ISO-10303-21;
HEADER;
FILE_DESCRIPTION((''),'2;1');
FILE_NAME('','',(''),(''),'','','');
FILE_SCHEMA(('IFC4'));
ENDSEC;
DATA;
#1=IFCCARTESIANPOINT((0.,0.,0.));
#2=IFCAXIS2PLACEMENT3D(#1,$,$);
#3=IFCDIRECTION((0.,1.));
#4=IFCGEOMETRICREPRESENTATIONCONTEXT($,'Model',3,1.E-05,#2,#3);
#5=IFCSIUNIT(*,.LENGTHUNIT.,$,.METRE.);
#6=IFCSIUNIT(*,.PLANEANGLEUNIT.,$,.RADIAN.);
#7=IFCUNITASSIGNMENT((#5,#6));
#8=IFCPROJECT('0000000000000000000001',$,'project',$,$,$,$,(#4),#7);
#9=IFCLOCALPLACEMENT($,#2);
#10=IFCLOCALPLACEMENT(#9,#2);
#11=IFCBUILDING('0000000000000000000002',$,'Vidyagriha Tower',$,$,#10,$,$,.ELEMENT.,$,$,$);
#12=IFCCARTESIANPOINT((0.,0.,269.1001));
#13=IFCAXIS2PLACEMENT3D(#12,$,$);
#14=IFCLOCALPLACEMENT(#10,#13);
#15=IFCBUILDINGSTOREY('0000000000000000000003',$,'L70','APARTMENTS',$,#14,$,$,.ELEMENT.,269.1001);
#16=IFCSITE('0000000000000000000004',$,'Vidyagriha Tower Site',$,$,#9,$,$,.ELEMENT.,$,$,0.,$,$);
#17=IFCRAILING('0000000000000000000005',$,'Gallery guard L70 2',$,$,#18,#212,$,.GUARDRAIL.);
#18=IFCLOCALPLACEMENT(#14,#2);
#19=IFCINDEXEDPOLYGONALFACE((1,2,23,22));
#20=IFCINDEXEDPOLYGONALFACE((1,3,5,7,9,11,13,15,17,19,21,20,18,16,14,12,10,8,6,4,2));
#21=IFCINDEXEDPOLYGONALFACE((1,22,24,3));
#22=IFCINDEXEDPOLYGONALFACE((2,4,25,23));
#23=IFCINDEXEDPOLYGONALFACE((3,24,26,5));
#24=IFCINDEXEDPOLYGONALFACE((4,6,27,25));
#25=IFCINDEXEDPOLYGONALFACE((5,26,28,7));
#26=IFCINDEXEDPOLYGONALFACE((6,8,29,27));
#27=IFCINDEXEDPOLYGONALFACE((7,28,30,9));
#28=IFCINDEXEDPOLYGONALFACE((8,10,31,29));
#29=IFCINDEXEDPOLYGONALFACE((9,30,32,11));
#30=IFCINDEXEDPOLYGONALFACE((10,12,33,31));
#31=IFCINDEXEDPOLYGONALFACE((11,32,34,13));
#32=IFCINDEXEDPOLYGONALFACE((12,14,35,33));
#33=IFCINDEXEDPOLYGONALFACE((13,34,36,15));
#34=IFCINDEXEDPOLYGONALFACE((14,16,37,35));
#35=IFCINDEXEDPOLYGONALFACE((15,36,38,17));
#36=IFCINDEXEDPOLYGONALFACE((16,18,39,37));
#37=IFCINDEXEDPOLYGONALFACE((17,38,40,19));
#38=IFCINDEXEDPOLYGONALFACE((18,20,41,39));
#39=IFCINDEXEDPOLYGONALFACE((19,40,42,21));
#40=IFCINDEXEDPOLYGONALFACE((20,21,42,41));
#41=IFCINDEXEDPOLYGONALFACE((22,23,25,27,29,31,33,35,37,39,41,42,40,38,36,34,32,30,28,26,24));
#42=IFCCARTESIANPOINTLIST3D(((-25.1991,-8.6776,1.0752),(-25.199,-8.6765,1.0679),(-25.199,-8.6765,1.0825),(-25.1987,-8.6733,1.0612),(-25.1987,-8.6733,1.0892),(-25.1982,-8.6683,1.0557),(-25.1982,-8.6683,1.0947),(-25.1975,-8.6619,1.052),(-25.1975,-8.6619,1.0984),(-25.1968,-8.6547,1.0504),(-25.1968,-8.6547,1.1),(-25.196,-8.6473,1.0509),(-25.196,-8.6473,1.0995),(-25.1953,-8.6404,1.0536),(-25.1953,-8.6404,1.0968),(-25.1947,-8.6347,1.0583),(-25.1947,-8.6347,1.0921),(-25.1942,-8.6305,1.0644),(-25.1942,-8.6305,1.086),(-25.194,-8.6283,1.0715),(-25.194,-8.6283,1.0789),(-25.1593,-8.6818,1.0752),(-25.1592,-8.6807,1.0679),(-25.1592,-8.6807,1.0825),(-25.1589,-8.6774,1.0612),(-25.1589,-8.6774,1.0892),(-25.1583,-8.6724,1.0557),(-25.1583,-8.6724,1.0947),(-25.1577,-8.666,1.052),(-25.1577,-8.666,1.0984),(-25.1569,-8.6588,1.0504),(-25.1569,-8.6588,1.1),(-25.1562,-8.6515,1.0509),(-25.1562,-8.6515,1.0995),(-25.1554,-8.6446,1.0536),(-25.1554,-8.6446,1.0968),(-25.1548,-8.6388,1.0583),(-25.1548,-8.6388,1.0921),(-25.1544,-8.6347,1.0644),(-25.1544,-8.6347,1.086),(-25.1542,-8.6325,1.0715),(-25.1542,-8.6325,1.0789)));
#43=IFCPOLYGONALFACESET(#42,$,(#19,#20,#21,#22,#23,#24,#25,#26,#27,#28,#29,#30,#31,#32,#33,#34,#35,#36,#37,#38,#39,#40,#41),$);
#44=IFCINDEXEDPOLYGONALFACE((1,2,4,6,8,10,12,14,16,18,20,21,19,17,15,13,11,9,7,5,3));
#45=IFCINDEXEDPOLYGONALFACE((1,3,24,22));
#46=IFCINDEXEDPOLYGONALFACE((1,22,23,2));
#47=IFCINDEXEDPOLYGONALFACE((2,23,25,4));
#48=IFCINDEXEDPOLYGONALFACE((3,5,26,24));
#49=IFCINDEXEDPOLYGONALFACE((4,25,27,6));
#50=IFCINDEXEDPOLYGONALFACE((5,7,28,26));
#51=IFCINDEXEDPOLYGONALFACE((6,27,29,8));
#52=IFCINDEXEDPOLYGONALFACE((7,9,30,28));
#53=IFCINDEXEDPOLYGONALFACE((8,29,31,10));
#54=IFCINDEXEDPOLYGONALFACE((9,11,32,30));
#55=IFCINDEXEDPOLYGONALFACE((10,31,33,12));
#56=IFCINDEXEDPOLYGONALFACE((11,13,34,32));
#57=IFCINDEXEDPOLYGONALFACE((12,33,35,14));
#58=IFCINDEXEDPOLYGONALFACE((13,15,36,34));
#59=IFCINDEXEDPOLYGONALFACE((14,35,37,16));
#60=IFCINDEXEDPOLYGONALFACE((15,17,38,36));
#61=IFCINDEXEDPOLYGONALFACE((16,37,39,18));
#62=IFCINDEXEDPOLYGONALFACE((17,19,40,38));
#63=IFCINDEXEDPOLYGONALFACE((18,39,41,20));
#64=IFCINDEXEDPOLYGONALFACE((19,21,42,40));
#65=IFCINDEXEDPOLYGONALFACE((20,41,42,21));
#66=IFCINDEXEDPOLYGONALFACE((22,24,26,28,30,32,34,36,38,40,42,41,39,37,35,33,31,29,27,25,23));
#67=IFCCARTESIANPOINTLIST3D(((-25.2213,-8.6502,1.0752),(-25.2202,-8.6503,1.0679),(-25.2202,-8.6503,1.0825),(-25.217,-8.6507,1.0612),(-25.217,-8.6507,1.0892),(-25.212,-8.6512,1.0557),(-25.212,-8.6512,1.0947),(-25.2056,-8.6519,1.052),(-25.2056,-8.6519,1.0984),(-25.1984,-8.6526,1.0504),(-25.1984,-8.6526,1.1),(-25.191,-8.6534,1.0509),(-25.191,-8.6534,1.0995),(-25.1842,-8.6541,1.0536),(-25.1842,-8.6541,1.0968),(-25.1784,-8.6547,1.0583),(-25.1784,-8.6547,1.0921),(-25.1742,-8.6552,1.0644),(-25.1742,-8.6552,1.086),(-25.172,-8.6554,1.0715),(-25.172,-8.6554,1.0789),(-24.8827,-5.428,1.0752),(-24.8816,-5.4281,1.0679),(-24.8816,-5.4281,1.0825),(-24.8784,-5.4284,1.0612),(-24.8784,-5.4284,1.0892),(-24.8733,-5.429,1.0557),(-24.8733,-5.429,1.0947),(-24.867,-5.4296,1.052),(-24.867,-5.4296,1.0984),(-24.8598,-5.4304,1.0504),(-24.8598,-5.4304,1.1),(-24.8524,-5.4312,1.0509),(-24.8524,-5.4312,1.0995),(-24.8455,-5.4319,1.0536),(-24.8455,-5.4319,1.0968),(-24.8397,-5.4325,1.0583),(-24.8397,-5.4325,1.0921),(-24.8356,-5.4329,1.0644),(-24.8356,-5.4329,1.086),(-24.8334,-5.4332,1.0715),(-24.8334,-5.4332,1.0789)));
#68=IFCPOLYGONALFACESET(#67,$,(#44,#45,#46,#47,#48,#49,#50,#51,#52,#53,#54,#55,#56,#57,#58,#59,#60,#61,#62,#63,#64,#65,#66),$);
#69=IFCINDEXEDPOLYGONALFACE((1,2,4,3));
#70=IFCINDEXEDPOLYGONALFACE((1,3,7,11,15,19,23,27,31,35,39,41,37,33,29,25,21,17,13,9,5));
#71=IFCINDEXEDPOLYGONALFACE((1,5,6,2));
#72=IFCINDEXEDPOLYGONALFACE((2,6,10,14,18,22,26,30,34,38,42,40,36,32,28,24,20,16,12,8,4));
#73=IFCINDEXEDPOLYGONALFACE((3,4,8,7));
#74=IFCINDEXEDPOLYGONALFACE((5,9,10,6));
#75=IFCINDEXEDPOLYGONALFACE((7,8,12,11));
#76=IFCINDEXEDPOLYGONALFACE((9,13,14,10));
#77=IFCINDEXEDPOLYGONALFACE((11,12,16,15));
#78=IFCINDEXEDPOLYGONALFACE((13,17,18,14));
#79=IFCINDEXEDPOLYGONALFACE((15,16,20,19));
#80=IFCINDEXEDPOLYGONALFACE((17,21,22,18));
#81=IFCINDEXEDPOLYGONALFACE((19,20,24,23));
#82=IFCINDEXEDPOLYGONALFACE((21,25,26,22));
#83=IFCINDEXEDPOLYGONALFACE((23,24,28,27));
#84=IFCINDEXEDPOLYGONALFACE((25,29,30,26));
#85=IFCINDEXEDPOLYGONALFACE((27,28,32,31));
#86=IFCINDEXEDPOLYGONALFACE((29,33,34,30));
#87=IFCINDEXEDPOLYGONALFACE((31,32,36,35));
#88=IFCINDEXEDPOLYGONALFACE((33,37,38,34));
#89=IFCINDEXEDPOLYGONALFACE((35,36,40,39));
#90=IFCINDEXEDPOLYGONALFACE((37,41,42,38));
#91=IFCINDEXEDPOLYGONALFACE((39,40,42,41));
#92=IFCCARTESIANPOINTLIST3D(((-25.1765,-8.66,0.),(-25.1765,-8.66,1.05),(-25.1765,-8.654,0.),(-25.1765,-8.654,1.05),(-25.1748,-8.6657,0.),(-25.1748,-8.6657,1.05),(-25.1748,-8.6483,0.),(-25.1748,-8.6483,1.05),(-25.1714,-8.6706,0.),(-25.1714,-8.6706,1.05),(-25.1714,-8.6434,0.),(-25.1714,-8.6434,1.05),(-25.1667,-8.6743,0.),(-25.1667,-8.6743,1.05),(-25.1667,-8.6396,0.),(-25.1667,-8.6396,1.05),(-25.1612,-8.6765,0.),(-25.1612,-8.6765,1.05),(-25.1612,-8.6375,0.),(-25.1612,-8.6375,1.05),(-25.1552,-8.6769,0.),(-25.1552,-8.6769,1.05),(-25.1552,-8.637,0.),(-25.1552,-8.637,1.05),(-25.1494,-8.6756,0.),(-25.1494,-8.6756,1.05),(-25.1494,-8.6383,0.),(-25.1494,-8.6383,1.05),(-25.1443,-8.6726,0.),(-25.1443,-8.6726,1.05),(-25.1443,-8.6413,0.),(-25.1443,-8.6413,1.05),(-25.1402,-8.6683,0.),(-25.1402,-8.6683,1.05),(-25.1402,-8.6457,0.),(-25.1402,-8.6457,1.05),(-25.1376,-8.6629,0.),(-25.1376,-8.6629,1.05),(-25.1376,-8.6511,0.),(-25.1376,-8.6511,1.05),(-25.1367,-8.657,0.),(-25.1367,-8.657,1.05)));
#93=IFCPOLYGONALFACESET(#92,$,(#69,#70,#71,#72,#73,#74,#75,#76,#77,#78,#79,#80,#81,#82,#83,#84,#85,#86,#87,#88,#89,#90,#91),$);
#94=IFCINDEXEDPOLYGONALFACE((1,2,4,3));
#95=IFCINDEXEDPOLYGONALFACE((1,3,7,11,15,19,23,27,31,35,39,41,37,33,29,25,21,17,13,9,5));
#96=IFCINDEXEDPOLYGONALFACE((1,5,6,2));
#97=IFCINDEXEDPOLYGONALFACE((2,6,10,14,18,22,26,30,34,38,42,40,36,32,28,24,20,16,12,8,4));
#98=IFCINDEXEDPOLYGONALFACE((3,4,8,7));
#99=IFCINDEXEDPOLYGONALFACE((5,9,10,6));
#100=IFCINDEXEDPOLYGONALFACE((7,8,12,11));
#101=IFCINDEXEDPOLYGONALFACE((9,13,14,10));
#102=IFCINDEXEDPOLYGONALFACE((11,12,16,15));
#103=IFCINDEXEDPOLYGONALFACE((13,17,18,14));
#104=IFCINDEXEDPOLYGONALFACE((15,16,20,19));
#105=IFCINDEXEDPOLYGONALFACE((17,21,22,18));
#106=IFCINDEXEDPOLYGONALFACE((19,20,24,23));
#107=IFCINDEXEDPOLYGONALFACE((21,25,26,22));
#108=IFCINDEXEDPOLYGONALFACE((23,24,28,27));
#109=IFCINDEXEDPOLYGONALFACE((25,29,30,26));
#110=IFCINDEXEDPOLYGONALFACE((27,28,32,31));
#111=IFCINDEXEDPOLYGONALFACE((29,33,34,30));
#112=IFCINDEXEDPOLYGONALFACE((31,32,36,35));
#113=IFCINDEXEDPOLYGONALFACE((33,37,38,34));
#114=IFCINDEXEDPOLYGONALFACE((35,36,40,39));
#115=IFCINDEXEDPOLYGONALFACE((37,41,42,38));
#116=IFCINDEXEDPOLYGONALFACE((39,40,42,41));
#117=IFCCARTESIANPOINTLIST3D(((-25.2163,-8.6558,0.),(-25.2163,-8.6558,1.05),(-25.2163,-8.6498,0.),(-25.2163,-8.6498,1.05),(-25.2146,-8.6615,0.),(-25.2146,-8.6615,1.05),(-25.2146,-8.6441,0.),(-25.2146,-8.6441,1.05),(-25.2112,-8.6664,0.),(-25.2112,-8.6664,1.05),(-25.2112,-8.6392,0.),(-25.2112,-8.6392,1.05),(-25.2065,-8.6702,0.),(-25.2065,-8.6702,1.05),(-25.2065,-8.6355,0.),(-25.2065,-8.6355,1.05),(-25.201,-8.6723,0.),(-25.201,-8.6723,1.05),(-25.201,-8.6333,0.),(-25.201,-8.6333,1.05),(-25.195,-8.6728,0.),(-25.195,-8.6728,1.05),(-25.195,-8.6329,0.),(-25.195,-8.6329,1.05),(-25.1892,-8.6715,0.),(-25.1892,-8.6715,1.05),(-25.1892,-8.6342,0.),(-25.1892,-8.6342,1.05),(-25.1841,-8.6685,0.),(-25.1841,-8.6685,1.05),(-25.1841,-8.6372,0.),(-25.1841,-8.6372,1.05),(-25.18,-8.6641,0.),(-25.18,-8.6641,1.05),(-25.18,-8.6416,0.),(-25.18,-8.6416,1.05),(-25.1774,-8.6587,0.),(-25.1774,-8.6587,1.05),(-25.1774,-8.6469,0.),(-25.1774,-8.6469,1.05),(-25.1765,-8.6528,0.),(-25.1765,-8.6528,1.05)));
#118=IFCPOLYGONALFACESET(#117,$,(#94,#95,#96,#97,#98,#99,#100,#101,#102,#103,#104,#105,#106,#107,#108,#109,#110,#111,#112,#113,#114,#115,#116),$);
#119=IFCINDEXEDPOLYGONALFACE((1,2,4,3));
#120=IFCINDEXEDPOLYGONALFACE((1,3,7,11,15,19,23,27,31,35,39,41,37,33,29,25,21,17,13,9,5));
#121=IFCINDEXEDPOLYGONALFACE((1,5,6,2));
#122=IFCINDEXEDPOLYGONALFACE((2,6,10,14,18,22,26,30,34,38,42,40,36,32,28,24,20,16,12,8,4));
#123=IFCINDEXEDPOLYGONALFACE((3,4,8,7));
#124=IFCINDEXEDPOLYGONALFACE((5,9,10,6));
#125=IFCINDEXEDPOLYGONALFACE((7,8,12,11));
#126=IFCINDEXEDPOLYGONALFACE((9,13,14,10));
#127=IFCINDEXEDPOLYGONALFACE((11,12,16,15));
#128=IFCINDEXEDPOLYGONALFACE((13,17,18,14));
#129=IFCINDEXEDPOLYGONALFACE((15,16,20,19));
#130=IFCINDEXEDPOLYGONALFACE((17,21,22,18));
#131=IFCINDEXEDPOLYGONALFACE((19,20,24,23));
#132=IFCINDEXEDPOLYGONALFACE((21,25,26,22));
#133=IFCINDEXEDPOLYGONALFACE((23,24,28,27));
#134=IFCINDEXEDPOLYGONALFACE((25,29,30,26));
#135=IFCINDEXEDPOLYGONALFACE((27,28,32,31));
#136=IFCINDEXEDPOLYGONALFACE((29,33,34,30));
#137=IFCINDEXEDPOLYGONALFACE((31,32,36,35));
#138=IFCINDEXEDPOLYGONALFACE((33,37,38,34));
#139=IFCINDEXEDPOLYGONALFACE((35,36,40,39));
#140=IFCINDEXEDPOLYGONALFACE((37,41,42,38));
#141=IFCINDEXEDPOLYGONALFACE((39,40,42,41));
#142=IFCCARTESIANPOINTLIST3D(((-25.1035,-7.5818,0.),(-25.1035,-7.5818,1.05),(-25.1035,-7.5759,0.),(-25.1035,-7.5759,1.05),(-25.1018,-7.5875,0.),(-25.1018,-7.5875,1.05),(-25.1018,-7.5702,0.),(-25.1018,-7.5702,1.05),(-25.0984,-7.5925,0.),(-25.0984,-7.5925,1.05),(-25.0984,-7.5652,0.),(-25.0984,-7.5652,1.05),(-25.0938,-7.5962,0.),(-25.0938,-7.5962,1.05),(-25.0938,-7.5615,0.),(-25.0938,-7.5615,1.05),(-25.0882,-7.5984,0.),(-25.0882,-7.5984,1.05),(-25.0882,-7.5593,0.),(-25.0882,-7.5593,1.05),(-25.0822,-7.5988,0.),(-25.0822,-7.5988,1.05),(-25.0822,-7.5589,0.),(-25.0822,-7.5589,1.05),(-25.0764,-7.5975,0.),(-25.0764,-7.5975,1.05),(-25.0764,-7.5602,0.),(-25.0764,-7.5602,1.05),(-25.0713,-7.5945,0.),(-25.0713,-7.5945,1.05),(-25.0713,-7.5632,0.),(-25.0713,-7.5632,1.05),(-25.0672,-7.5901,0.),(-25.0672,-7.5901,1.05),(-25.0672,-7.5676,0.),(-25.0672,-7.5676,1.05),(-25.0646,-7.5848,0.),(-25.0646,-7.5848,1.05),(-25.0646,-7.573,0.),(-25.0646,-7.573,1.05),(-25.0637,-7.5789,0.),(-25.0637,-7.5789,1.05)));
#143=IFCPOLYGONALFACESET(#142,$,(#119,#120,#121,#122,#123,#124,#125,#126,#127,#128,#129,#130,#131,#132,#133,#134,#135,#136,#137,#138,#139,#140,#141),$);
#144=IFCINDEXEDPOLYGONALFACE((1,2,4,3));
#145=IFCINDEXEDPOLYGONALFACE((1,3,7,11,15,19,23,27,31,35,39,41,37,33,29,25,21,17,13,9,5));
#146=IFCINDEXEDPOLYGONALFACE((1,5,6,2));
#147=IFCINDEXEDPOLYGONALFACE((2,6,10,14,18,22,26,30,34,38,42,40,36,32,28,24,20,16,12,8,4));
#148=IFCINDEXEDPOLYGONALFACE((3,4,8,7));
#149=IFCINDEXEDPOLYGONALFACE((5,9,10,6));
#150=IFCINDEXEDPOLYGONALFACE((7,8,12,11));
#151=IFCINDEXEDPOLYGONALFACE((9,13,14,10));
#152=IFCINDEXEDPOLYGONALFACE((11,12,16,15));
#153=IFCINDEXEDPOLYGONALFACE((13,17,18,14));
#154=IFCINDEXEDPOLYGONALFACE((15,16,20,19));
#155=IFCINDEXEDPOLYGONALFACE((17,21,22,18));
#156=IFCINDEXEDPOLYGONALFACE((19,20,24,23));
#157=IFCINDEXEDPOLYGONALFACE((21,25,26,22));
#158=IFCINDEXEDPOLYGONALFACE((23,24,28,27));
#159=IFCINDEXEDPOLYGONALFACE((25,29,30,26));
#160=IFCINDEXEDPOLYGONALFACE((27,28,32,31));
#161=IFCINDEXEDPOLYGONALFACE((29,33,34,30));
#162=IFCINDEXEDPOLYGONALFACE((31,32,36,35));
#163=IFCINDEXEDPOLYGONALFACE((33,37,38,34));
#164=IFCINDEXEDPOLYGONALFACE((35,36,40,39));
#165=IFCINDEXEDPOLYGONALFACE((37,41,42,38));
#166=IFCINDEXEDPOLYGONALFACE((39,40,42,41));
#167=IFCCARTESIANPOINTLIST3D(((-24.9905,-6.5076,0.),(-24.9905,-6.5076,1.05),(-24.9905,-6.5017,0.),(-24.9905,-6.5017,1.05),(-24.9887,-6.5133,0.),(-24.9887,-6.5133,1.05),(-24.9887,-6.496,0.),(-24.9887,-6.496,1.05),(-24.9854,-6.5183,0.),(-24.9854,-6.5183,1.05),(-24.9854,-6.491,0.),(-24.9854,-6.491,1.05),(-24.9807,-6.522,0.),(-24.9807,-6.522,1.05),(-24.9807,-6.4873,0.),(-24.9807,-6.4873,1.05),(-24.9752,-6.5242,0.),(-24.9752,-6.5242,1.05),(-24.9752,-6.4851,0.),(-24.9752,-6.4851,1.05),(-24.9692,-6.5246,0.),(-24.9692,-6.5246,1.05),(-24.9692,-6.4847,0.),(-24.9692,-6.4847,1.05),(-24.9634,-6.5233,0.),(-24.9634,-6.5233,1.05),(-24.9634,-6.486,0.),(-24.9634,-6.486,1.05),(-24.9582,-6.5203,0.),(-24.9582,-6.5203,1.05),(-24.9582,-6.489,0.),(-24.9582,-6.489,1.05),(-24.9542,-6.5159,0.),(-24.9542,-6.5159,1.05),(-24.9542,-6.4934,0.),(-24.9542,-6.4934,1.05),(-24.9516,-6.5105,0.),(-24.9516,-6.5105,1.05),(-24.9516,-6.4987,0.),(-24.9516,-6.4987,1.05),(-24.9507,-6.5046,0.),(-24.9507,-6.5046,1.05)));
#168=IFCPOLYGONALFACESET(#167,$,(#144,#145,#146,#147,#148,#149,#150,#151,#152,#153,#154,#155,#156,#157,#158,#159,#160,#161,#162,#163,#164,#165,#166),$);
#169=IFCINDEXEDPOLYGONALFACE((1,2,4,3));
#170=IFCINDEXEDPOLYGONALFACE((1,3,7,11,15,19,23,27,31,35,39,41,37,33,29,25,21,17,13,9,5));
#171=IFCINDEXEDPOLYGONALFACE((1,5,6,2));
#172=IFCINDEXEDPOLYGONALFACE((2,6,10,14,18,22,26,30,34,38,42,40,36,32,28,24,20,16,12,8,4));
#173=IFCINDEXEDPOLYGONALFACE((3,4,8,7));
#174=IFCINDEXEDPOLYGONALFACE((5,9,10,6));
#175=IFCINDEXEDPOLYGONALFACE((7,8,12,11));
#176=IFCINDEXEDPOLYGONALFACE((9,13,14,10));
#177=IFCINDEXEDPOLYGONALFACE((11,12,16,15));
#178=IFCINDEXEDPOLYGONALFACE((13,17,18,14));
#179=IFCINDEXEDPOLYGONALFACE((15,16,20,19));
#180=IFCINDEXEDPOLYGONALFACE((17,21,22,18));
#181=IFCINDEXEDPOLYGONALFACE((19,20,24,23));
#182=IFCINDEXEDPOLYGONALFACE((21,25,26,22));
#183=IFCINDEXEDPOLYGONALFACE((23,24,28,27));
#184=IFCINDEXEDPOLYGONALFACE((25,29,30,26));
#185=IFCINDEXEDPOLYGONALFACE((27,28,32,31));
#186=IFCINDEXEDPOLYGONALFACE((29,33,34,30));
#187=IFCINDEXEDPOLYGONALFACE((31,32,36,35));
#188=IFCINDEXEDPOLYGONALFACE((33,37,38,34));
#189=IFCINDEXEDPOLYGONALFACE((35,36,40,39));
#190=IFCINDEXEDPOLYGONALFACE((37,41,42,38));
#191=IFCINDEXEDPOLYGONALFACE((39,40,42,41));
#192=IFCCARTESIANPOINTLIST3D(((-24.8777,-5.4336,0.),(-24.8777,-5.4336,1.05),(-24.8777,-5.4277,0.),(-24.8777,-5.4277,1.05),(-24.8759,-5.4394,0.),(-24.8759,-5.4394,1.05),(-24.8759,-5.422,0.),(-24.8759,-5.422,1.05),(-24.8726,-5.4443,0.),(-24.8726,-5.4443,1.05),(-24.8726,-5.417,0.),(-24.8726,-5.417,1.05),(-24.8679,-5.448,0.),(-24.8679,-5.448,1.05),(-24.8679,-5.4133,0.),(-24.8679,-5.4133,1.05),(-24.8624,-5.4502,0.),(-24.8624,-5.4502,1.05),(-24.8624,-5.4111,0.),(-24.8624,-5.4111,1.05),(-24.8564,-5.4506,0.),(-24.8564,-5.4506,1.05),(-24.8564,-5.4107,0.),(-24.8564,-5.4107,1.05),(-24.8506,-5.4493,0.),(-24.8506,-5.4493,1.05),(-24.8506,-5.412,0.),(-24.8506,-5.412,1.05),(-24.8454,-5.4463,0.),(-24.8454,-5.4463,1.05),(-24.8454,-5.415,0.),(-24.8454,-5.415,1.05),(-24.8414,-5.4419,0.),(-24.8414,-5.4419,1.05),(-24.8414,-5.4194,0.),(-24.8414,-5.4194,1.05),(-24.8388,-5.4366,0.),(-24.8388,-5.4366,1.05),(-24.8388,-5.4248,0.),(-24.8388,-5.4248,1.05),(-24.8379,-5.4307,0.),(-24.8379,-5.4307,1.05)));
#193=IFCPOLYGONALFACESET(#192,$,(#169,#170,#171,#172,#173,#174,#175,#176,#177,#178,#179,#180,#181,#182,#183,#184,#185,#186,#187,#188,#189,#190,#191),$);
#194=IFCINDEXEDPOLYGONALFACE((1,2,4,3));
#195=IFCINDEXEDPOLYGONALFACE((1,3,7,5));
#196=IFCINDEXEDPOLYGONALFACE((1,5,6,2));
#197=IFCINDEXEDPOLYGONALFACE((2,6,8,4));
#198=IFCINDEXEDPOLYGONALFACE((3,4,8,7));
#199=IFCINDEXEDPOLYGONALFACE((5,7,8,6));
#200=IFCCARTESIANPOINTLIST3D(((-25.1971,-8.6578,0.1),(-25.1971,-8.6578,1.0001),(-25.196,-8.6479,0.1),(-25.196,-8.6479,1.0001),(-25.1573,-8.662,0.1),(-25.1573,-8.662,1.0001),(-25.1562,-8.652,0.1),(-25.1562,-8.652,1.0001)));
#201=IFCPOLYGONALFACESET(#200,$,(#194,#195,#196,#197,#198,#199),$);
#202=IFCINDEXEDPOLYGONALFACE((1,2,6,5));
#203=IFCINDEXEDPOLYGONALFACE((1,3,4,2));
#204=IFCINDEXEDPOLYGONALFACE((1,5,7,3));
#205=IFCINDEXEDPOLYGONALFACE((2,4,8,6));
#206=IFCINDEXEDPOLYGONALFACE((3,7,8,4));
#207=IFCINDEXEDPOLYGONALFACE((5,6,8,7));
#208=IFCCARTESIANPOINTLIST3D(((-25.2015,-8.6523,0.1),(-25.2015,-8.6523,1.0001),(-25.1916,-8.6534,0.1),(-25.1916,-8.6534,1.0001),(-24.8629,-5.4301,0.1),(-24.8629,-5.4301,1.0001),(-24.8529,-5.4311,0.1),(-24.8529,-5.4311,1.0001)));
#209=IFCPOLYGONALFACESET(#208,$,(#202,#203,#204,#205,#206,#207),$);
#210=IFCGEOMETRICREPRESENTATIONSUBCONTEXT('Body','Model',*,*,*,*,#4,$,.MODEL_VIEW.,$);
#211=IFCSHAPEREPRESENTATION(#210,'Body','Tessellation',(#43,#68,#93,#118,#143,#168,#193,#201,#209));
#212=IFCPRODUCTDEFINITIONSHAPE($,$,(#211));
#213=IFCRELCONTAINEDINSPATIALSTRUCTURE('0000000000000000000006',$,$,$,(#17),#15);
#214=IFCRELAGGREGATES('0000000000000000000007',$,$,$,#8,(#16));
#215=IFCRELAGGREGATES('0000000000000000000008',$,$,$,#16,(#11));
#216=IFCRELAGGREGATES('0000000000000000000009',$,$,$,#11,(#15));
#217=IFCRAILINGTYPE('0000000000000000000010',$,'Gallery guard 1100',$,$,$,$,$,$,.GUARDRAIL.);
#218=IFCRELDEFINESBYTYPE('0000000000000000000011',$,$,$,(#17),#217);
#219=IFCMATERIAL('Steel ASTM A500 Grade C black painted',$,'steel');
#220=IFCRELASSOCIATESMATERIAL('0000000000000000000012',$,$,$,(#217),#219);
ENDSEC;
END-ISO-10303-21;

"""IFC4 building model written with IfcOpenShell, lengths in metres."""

from ifc_helpers import new_model, si_unit, direction, frame, origin, origin_2d, place, context, subcontext, project, spatial, rectangle, circle, extrude, material, type_object, element, save


model = new_model("IFC4")

# Units and contexts
model_context = context("Model", 3, precision=1e-05, world=origin(), true_north=direction((0.0, 1.0)))
body_context = subcontext(model_context, "Body", "Model", "MODEL_VIEW")
ifc_project = project(units=[si_unit("LENGTHUNIT", "METRE"), si_unit("PLANEANGLEUNIT", "RADIAN")], contexts=[model_context])

# Site, building, storey
site_placement = place(None, origin())
site = spatial("IfcSite", under=ifc_project, at=site_placement, Name="Vidyagriha Tower Site", CompositionType="ELEMENT", RefElevation=0.0)
building_placement = place(site_placement, origin())
building = spatial("IfcBuilding", under=site, at=building_placement, Name="Vidyagriha Tower", CompositionType="ELEMENT")
storey_placement = place(building_placement, frame((0.0, 0.0, 269.1001)))
storey = spatial("IfcBuildingStorey", under=building, at=storey_placement, Name="L70", Description="APARTMENTS", CompositionType="ELEMENT", Elevation=269.1001)

# Railing
ifc_material_1 = material(Name="Steel ASTM A500 Grade C black painted", Category="steel")
railing_type_1 = type_object("IfcRailingType", Name="Gallery guard 1100", PredefinedType="GUARDRAIL", material=ifc_material_1)
railing_1_placement = place(storey_placement, frame((-25.1567, -8.657, 0.0)))
element("IfcRailing", 1, at=railing_1_placement, inside=storey, type_object=railing_type_1, Name="Gallery guard L70 2", PredefinedType="GUARDRAIL", context=body_context, shape_type="SweptSolid", body=[
    extrude(circle(Radius=0.0249, at=origin_2d()), frame((0.0, 0.0, 1.0752), z_axis=(-0.994605, 0.103732, 0.0), x_axis=(-0.103732, -0.994605, 0.0)), (0.0, 0.0, 1.0), 0.04),
    extrude(circle(Radius=0.0249, at=origin_2d()), frame((-0.0398, 0.0042, 1.0752), z_axis=(0.104516, 0.994523, 0.0), x_axis=(-0.994523, 0.104516, 0.0)), (0.0, 0.0, 1.0), 3.24),
    extrude(circle(Radius=0.02, at=origin_2d()), origin(), (0.0, 0.0, 1.0), 1.05),
    extrude(circle(Radius=0.02, at=origin_2d()), frame((-0.0398, 0.0042, 0.0)), (0.0, 0.0, 1.0), 1.05),
    extrude(circle(Radius=0.02, at=origin_2d()), frame((0.073, 1.0781, 0.0)), (0.0, 0.0, 1.0), 1.05),
    extrude(circle(Radius=0.02, at=origin_2d()), frame((0.186, 2.1523, 0.0)), (0.0, 0.0, 1.0), 1.05),
    extrude(circle(Radius=0.02, at=origin_2d()), frame((0.2988, 3.2263, 0.0)), (0.0, 0.0, 1.0), 1.05),
    extrude(rectangle(XDim=0.01, YDim=0.9001, at=origin_2d()), frame((0.0, 0.0, 0.55), z_axis=(-0.994605, 0.103732, 0.0), x_axis=(-0.103732, -0.994605, 0.0)), (0.0, 0.0, 1.0), 0.04),
    extrude(rectangle(XDim=0.01, YDim=0.9001, at=origin_2d()), frame((-0.0398, 0.0042, 0.55), z_axis=(0.104516, 0.994523, 0.0), x_axis=(-0.994523, 0.104516, 0.0)), (0.0, 0.0, 1.0), 3.24),
])

save(model, "model.ifc")
